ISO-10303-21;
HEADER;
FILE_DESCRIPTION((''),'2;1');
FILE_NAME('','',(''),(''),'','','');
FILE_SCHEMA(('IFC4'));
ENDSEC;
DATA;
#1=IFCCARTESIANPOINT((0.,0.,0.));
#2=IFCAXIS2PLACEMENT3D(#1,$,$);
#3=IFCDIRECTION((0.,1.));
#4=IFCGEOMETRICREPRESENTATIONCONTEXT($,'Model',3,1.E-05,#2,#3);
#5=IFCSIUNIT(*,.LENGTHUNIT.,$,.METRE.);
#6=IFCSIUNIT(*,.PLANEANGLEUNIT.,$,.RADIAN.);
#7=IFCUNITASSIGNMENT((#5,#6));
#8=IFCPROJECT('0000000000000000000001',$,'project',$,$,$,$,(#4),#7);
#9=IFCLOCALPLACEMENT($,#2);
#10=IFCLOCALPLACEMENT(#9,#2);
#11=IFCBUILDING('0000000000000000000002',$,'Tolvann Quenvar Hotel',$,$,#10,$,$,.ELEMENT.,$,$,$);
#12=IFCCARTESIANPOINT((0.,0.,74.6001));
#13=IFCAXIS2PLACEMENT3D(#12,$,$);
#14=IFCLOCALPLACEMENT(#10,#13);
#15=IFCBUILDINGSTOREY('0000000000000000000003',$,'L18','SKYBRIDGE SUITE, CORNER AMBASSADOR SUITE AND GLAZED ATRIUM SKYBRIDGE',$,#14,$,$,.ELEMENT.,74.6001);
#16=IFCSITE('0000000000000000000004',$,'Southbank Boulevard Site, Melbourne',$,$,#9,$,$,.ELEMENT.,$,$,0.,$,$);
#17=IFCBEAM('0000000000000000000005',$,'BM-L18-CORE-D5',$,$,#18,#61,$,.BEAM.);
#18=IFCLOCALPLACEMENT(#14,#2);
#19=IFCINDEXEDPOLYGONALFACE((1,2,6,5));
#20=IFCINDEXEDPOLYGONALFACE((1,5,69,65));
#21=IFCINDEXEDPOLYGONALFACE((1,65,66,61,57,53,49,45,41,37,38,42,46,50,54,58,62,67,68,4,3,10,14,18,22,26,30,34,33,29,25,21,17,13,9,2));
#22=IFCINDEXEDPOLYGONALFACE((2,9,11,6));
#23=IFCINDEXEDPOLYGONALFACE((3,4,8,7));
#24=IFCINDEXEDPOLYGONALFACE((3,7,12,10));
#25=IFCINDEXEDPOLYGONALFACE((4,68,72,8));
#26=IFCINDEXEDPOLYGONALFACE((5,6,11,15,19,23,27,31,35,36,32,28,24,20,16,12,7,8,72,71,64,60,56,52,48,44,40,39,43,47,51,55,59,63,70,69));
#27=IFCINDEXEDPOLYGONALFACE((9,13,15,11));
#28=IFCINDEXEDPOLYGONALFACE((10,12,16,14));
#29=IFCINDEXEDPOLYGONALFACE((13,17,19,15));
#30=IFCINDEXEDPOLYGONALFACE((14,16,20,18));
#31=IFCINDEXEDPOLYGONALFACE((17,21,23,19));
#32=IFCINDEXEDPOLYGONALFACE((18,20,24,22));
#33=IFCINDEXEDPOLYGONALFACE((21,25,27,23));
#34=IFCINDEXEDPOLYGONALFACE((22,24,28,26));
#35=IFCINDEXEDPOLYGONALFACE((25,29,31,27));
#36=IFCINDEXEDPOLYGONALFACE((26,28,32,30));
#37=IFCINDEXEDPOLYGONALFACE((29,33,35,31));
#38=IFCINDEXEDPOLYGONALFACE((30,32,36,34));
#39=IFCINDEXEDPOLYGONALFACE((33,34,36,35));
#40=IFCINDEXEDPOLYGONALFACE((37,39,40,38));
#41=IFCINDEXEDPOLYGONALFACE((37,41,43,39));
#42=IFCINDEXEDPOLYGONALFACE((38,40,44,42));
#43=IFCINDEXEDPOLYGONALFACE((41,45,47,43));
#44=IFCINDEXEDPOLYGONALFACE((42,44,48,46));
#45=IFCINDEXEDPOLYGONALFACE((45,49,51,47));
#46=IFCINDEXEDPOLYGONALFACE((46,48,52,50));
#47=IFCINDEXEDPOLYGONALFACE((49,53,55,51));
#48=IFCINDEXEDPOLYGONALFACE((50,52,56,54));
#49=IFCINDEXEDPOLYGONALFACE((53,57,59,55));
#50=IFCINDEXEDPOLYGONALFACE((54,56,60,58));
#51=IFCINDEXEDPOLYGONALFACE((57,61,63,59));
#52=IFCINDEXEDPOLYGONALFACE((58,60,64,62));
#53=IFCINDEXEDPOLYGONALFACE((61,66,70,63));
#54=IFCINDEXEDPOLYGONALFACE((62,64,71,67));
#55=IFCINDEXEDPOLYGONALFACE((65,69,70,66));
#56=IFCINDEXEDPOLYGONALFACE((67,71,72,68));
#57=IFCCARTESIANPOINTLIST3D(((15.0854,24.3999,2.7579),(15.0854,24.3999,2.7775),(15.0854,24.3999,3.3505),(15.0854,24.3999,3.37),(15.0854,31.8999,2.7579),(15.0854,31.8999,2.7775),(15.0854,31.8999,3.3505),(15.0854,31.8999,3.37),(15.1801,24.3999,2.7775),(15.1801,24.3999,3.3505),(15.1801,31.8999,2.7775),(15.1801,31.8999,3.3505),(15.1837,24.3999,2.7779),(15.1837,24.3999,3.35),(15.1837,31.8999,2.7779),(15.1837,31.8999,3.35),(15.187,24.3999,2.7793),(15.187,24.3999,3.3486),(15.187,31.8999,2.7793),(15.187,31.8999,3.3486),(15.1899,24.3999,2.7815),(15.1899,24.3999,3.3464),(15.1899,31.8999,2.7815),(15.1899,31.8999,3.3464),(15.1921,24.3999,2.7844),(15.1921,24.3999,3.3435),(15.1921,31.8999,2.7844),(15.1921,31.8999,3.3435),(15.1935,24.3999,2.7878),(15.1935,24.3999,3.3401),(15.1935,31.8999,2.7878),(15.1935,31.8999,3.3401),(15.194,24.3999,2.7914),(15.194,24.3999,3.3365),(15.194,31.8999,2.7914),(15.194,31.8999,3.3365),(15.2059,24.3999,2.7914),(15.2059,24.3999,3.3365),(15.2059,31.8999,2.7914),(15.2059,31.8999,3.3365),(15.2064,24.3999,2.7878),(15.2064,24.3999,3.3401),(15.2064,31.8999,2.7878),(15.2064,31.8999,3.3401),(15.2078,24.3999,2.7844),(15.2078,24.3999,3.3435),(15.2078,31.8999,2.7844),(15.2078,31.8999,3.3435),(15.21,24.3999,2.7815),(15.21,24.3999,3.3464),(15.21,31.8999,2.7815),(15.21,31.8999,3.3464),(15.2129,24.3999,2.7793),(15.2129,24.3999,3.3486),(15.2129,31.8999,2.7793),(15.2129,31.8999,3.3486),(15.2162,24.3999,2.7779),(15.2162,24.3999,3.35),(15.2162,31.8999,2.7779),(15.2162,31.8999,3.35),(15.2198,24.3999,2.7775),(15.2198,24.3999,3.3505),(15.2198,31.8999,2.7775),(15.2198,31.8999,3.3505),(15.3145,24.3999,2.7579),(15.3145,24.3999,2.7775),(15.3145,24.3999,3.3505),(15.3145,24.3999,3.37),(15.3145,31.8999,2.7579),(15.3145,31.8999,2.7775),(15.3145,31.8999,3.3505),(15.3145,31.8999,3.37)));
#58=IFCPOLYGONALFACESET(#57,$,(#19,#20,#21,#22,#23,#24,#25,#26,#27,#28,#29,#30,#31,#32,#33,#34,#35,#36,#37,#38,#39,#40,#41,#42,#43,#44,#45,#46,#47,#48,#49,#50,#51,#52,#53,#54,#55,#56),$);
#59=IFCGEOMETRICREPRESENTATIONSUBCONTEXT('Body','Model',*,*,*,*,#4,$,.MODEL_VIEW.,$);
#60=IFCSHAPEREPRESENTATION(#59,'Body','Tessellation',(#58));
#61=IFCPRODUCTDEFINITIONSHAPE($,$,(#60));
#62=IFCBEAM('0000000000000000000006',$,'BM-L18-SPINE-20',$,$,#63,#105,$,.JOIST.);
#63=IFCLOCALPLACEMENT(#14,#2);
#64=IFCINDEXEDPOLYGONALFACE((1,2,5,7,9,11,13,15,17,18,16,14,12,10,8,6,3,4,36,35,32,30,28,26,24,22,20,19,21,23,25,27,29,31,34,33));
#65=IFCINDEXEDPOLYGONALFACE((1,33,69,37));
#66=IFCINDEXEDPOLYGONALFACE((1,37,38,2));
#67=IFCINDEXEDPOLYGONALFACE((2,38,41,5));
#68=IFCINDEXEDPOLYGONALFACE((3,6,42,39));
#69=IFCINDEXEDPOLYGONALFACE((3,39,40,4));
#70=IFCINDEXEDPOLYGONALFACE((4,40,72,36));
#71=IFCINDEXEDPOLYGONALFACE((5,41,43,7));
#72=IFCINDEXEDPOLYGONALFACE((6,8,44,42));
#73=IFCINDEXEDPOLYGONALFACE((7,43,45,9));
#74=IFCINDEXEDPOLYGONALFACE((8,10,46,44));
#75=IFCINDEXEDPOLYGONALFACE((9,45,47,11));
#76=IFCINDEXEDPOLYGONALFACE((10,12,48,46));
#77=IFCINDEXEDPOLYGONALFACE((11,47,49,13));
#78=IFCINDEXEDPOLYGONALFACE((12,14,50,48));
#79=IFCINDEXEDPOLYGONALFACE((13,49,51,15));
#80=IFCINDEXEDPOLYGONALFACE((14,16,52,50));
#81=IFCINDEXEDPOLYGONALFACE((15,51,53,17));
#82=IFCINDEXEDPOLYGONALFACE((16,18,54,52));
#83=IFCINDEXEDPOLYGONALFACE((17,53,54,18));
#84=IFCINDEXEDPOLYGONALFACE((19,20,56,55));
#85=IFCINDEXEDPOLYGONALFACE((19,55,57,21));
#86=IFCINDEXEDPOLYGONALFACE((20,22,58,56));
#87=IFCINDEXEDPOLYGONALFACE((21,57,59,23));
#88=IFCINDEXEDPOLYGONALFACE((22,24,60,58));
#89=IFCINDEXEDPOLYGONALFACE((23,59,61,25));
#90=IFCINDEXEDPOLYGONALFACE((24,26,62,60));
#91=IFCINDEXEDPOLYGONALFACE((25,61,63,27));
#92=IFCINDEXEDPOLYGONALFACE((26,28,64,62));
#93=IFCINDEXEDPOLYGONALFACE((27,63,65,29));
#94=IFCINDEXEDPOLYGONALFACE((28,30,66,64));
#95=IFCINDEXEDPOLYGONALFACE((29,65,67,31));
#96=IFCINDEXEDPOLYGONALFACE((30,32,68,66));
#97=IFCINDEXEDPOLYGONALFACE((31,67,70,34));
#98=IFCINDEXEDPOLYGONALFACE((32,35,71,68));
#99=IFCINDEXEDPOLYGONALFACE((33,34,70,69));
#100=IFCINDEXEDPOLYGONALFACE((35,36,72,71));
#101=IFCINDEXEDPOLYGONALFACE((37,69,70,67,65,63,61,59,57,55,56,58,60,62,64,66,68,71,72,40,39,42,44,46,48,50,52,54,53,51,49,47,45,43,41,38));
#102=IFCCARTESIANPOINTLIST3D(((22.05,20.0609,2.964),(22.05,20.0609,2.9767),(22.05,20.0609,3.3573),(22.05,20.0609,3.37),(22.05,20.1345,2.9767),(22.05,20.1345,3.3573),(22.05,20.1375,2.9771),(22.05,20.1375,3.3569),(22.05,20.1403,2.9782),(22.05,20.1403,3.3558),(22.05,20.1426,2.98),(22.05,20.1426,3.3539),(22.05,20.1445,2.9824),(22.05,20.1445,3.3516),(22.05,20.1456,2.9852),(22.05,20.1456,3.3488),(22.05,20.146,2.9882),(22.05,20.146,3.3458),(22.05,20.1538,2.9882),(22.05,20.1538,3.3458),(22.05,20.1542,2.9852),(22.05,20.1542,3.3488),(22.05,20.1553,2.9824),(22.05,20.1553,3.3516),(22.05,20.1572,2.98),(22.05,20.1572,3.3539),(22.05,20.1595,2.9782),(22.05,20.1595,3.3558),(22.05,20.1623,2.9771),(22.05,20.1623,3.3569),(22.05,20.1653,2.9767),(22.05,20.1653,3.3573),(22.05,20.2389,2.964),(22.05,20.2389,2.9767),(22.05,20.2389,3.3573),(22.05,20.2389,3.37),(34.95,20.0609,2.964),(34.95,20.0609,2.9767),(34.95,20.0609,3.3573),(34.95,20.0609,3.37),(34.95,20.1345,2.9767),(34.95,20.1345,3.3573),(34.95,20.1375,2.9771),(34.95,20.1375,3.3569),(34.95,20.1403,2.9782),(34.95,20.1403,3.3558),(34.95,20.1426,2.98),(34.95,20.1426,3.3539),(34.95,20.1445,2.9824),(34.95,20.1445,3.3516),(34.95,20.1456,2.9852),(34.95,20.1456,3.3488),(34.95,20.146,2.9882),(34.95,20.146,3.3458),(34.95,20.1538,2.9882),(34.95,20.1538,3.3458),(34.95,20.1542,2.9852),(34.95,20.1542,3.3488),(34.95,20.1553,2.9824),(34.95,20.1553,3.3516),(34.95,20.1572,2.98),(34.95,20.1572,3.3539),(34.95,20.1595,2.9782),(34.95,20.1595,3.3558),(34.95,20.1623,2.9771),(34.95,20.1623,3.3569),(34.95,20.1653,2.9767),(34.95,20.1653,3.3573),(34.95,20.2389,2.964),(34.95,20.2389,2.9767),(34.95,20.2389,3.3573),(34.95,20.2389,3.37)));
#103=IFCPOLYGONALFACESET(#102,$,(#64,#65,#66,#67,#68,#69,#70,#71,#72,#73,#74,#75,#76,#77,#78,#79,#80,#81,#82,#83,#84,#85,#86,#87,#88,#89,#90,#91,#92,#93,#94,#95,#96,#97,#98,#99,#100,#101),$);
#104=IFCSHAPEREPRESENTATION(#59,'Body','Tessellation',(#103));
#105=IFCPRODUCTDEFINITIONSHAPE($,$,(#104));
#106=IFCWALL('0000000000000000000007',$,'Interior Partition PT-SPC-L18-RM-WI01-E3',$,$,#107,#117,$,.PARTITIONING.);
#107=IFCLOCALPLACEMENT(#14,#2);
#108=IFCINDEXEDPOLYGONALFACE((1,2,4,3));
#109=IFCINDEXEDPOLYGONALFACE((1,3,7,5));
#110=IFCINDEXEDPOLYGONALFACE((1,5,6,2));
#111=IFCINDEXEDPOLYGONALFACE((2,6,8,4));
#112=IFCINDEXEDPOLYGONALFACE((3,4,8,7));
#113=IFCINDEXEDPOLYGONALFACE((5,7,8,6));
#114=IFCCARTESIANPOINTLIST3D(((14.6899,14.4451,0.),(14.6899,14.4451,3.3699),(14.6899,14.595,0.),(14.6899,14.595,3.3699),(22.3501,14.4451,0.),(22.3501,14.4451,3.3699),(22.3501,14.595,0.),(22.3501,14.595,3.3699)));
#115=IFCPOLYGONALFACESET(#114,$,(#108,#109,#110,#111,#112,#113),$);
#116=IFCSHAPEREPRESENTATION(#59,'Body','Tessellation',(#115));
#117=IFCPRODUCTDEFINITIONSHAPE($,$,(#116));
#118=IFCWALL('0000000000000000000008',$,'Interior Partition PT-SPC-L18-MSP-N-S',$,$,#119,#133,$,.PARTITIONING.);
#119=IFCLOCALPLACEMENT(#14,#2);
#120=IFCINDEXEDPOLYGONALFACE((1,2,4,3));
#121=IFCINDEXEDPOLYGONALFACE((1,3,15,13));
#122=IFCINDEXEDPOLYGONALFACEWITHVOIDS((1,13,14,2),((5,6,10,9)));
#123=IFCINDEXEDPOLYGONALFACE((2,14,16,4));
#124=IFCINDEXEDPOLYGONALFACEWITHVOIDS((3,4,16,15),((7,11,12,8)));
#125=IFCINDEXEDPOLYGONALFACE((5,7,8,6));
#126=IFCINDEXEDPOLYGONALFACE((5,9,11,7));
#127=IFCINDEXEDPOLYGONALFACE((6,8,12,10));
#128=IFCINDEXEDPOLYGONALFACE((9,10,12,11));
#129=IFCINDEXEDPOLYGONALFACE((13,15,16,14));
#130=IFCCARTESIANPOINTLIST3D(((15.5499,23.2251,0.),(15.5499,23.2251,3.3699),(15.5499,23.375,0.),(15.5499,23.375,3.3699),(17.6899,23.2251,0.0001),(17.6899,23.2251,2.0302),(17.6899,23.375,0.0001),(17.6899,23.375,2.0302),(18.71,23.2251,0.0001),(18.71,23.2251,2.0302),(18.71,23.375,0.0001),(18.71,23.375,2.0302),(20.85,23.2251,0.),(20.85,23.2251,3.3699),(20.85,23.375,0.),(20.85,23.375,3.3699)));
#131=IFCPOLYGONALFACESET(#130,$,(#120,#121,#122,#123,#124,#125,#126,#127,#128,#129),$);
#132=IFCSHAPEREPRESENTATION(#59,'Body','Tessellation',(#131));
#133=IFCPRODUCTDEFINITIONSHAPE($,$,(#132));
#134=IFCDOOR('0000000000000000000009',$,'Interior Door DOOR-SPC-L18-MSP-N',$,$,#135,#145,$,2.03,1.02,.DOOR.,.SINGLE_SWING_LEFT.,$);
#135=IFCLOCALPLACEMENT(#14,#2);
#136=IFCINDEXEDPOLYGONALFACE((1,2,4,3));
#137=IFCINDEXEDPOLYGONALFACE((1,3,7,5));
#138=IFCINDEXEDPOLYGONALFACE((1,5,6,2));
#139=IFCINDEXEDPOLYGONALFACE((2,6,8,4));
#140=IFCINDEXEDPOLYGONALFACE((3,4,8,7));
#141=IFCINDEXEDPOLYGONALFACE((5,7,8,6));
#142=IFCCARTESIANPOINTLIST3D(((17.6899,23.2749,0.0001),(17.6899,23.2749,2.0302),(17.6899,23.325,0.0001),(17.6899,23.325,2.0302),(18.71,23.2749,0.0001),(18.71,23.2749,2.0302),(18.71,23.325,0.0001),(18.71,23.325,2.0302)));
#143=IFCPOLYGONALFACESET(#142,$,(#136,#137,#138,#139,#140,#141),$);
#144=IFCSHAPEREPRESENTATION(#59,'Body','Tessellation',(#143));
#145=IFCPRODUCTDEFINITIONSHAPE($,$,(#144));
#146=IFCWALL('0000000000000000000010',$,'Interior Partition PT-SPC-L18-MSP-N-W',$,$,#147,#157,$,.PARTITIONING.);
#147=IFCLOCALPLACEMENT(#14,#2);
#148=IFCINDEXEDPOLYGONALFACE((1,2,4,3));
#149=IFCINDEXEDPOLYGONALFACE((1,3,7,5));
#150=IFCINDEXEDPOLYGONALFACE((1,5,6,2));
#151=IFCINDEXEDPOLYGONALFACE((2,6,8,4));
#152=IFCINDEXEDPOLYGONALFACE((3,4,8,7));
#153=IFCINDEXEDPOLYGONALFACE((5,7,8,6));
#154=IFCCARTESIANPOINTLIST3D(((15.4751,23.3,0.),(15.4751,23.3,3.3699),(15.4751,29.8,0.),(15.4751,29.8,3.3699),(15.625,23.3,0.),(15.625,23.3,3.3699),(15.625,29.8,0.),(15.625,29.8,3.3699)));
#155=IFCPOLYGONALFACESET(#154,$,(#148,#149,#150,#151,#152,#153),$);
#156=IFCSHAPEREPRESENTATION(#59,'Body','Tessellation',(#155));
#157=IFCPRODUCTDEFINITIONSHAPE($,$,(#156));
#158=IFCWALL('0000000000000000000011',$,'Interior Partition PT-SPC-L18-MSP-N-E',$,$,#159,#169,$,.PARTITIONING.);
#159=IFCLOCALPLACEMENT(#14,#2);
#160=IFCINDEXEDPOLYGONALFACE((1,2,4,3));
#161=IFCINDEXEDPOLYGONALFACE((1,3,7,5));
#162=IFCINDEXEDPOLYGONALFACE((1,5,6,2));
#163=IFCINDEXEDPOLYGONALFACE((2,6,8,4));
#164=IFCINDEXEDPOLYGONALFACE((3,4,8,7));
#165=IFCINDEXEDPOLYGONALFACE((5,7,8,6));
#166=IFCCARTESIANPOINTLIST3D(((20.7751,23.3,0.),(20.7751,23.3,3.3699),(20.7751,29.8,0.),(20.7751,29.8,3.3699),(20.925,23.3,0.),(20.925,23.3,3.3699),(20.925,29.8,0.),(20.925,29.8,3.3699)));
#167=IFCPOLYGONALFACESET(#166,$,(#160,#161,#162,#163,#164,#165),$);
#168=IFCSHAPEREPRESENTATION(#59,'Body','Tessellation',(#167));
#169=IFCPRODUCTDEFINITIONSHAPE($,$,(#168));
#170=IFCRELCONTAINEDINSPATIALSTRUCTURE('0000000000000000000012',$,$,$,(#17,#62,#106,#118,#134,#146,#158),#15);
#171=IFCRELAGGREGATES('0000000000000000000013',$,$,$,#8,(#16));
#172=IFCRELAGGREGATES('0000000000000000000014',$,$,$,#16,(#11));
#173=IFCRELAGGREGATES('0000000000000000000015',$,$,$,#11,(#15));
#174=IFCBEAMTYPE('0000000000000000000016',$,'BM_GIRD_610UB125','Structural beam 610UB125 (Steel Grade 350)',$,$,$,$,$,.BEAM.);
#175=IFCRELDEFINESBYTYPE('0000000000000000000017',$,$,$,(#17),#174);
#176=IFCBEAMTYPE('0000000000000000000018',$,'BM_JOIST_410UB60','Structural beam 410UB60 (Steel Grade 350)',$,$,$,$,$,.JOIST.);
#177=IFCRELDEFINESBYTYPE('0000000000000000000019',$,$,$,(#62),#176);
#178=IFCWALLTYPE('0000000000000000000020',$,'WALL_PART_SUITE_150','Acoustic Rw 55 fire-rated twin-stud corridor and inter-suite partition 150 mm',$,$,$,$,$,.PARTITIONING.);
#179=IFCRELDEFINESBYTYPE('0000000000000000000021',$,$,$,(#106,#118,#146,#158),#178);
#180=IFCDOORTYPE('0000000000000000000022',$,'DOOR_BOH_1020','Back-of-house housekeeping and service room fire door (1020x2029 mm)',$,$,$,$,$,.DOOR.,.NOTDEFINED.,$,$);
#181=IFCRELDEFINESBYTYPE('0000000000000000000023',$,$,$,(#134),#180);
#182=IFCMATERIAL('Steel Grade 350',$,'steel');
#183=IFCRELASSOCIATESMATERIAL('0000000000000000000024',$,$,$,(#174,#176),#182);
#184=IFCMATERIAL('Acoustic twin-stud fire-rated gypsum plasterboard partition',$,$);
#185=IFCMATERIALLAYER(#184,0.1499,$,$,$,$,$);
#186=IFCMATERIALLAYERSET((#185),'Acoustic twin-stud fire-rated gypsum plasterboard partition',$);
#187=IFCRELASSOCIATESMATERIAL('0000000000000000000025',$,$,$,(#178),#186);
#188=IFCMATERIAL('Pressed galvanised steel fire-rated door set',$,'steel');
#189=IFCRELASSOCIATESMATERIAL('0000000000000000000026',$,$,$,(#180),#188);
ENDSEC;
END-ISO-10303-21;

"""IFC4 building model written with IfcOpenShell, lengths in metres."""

from ifc_helpers import new_model, si_unit, direction, frame, frame_2d, origin, origin_2d, place, context, subcontext, project, spatial, rectangle, i_section, extrude, source, transform, mapped, material, layer, layer_set, material_profile, profile_set, type_object, type_shapes, element, fill, save


model = new_model("IFC4")

# Units and contexts
model_context = context("Model", 3, precision=1e-05, world=origin(), true_north=direction((0.0, 1.0)))
body_context = subcontext(model_context, "Body", "Model", "MODEL_VIEW")
ifc_project = project(units=[si_unit("LENGTHUNIT", "METRE"), si_unit("PLANEANGLEUNIT", "RADIAN")], contexts=[model_context])

# Site, building, storey
site_placement = place(None, origin())
site = spatial("IfcSite", under=ifc_project, at=site_placement, Name="Southbank Boulevard Site, Melbourne", CompositionType="ELEMENT", RefElevation=0.0)
building_placement = place(site_placement, origin())
building = spatial("IfcBuilding", under=site, at=building_placement, Name="Tolvann Quenvar Hotel", CompositionType="ELEMENT")
storey_placement = place(building_placement, frame((0.0, 0.0, 74.6001)))
storey = spatial("IfcBuildingStorey", under=building, at=storey_placement, Name="L18", Description="SKYBRIDGE SUITE, CORNER AMBASSADOR SUITE AND GLAZED ATRIUM SKYBRIDGE", CompositionType="ELEMENT", Elevation=74.6001)

# Shared definitions
ifc_material_1 = material(Name="Steel Grade 350", Category="steel")

# Beams
ifc_material_profile_1 = material_profile(ifc_material_1, i_section(OverallWidth=0.229, OverallDepth=0.6121, WebThickness=0.012, FlangeThickness=0.0195, FilletRadius=0.0139, at=origin_2d()), Name="610UB125")
ifc_profile_set_1 = profile_set([ifc_material_profile_1], Name="Steel Grade 350")
beam_type_1 = type_object("IfcBeamType", Name="BM_GIRD_610UB125", Description="Structural beam 610UB125 (Steel Grade 350)", PredefinedType="BEAM", material=ifc_profile_set_1)
shared_shape_1 = source(origin(), body_context, "Body", "SweptSolid", [
    extrude(i_section(OverallWidth=0.229, OverallDepth=0.6121, WebThickness=0.012, FlangeThickness=0.0195, FilletRadius=0.0139, at=origin_2d()), origin(), (0.0, 0.0, 1.0), 7.5),
])
beam_1_placement = place(storey_placement, frame((15.2, 24.3999, 3.064), z_axis=(0.0, 1.0, 0.0), x_axis=(-1.0, 0.0, 0.0)))
element("IfcBeam", 1, at=beam_1_placement, inside=storey, type_object=beam_type_1, Name="BM-L18-CORE-D5", PredefinedType="BEAM", context=body_context, shape_type="MappedRepresentation", body=[
    mapped(shared_shape_1, transform((0.0, 0.0, 0.0), x_axis=(1.0, 0.0, 0.0), y_axis=(0.0, 1.0, 0.0), z_axis=(0.0, 0.0, 1.0), scale=1.0)),
])
ifc_material_profile_2 = material_profile(ifc_material_1, i_section(OverallWidth=0.178, OverallDepth=0.406, WebThickness=0.0078, FlangeThickness=0.0127, FilletRadius=0.0115, at=origin_2d()), Name="410UB60")
ifc_profile_set_2 = profile_set([ifc_material_profile_2], Name="Steel Grade 350")
beam_type_2 = type_object("IfcBeamType", Name="BM_JOIST_410UB60", Description="Structural beam 410UB60 (Steel Grade 350)", PredefinedType="JOIST", material=ifc_profile_set_2)
shared_shape_2 = source(origin(), body_context, "Body", "SweptSolid", [
    extrude(i_section(OverallWidth=0.178, OverallDepth=0.406, WebThickness=0.0078, FlangeThickness=0.0127, FilletRadius=0.0115, at=origin_2d()), origin(), (0.0, 0.0, 1.0), 12.8999),
])
type_shapes(beam_type_2, [shared_shape_2])
beam_2_placement = place(storey_placement, frame((22.05, 20.1499, 3.167), z_axis=(1.0, 0.0, 0.0), x_axis=(0.0, 1.0, 0.0)))
element("IfcBeam", 2, at=beam_2_placement, inside=storey, type_object=beam_type_2, Name="BM-L18-SPINE-20", PredefinedType="JOIST", context=body_context, shape_type="MappedRepresentation", body=[
    mapped(shared_shape_2, transform((0.0, 0.0, 0.0), x_axis=(1.0, 0.0, 0.0), y_axis=(0.0, 1.0, 0.0), z_axis=(0.0, 0.0, 1.0), scale=1.0)),
])

# Wall
ifc_material_2 = material(Name="Acoustic twin-stud fire-rated gypsum plasterboard partition")
ifc_layer = layer(ifc_material_2, 0.1499)
ifc_layer_set = layer_set([ifc_layer], Name="Acoustic twin-stud fire-rated gypsum plasterboard partition")
wall_type = type_object("IfcWallType", Name="WALL_PART_SUITE_150", Description="Acoustic Rw 55 fire-rated twin-stud corridor and inter-suite partition 150 mm", PredefinedType="PARTITIONING", material=ifc_layer_set)
wall_1_placement = place(storey_placement, frame((14.6899, 14.52, 0.0), z_axis=(0.0, 0.0, 1.0), x_axis=(1.0, 0.0, 0.0)))
element("IfcWall", 3, at=wall_1_placement, inside=storey, type_object=wall_type, Name="Interior Partition PT-SPC-L18-RM-WI01-E3", PredefinedType="PARTITIONING", context=body_context, shape_type="SweptSolid", body=[
    extrude(rectangle(XDim=7.6602, YDim=0.1499, at=frame_2d((3.8301, 0.0))), origin(), (0.0, 0.0, 1.0), 3.3699),
])

# Wall, opening, door
wall_2_placement = place(storey_placement, frame((15.55, 23.3, 0.0), z_axis=(0.0, 0.0, 1.0), x_axis=(1.0, 0.0, 0.0)))
wall_2 = element("IfcWall", 4, at=wall_2_placement, inside=storey, type_object=wall_type, Name="Interior Partition PT-SPC-L18-MSP-N-S", PredefinedType="PARTITIONING", context=body_context, shape_type="SweptSolid", body=[
    extrude(rectangle(XDim=5.3, YDim=0.1499, at=frame_2d((2.6499, 0.0))), origin(), (0.0, 0.0, 1.0), 3.3699),
])
opening_placement = place(wall_2_placement, frame((2.1399, 0.0, 0.0)))
opening = element("IfcOpeningElement", 5, at=opening_placement, cuts=wall_2, PredefinedType="OPENING", context=body_context, shape_type="SweptSolid", body=[
    extrude(rectangle(XDim=1.02, YDim=2.03, at=frame_2d((0.51, 1.0151))), frame((0.0, 0.085, 0.0), z_axis=(0.0, -1.0, 0.0), x_axis=(1.0, 0.0, 0.0)), (0.0, 0.0, 1.0), 0.1699),
])
ifc_material_3 = material(Name="Pressed galvanised steel fire-rated door set", Category="steel")
door_type = type_object("IfcDoorType", Name="DOOR_BOH_1020", Description="Back-of-house housekeeping and service room fire door (1020x2029 mm)", OperationType="NOTDEFINED", PredefinedType="DOOR", material=ifc_material_3)
shared_shape_3 = source(origin(), body_context, "Body", "SweptSolid", [
    extrude(rectangle(XDim=1.02, YDim=2.03, at=frame_2d((0.51, 1.0151))), frame((0.0, 0.0249, 0.0), z_axis=(0.0, -1.0, 0.0), x_axis=(1.0, 0.0, 0.0)), (0.0, 0.0, 1.0), 0.05),
])
type_shapes(door_type, [shared_shape_3])
door_placement = place(opening_placement, origin())
door = element("IfcDoor", 6, at=door_placement, inside=storey, type_object=door_type, Name="Interior Door DOOR-SPC-L18-MSP-N", OperationType="SINGLE_SWING_LEFT", OverallHeight=2.03, OverallWidth=1.02, PredefinedType="DOOR", context=body_context, shape_type="MappedRepresentation", body=[
    mapped(shared_shape_3, transform((0.0, 0.0, 0.0), x_axis=(1.0, 0.0, 0.0), y_axis=(0.0, 1.0, 0.0), z_axis=(0.0, 0.0, 1.0), scale=1.0)),
])
fill(opening, door)

# Walls
for number, where, z_axis, x_axis, name in (
    (7, (15.55, 23.3, 0.0), (0.0, 0.0, 1.0), (0.0, 1.0, 0.0), "Interior Partition PT-SPC-L18-MSP-N-W"),
    (8, (20.8501, 23.3, 0.0), (0.0, 0.0, 1.0), (0.0, 1.0, 0.0), "Interior Partition PT-SPC-L18-MSP-N-E"),
):
    element("IfcWall", number, at=place(storey_placement, frame(where, z_axis=z_axis, x_axis=x_axis)), inside=storey, type_object=wall_type, Name=name, PredefinedType="PARTITIONING", context=body_context, shape_type="SweptSolid", body=[
        extrude(rectangle(XDim=6.5, YDim=0.1499, at=frame_2d((3.25, 0.0))), origin(), (0.0, 0.0, 1.0), 3.3699),
    ])

save(model, "model.ifc")
